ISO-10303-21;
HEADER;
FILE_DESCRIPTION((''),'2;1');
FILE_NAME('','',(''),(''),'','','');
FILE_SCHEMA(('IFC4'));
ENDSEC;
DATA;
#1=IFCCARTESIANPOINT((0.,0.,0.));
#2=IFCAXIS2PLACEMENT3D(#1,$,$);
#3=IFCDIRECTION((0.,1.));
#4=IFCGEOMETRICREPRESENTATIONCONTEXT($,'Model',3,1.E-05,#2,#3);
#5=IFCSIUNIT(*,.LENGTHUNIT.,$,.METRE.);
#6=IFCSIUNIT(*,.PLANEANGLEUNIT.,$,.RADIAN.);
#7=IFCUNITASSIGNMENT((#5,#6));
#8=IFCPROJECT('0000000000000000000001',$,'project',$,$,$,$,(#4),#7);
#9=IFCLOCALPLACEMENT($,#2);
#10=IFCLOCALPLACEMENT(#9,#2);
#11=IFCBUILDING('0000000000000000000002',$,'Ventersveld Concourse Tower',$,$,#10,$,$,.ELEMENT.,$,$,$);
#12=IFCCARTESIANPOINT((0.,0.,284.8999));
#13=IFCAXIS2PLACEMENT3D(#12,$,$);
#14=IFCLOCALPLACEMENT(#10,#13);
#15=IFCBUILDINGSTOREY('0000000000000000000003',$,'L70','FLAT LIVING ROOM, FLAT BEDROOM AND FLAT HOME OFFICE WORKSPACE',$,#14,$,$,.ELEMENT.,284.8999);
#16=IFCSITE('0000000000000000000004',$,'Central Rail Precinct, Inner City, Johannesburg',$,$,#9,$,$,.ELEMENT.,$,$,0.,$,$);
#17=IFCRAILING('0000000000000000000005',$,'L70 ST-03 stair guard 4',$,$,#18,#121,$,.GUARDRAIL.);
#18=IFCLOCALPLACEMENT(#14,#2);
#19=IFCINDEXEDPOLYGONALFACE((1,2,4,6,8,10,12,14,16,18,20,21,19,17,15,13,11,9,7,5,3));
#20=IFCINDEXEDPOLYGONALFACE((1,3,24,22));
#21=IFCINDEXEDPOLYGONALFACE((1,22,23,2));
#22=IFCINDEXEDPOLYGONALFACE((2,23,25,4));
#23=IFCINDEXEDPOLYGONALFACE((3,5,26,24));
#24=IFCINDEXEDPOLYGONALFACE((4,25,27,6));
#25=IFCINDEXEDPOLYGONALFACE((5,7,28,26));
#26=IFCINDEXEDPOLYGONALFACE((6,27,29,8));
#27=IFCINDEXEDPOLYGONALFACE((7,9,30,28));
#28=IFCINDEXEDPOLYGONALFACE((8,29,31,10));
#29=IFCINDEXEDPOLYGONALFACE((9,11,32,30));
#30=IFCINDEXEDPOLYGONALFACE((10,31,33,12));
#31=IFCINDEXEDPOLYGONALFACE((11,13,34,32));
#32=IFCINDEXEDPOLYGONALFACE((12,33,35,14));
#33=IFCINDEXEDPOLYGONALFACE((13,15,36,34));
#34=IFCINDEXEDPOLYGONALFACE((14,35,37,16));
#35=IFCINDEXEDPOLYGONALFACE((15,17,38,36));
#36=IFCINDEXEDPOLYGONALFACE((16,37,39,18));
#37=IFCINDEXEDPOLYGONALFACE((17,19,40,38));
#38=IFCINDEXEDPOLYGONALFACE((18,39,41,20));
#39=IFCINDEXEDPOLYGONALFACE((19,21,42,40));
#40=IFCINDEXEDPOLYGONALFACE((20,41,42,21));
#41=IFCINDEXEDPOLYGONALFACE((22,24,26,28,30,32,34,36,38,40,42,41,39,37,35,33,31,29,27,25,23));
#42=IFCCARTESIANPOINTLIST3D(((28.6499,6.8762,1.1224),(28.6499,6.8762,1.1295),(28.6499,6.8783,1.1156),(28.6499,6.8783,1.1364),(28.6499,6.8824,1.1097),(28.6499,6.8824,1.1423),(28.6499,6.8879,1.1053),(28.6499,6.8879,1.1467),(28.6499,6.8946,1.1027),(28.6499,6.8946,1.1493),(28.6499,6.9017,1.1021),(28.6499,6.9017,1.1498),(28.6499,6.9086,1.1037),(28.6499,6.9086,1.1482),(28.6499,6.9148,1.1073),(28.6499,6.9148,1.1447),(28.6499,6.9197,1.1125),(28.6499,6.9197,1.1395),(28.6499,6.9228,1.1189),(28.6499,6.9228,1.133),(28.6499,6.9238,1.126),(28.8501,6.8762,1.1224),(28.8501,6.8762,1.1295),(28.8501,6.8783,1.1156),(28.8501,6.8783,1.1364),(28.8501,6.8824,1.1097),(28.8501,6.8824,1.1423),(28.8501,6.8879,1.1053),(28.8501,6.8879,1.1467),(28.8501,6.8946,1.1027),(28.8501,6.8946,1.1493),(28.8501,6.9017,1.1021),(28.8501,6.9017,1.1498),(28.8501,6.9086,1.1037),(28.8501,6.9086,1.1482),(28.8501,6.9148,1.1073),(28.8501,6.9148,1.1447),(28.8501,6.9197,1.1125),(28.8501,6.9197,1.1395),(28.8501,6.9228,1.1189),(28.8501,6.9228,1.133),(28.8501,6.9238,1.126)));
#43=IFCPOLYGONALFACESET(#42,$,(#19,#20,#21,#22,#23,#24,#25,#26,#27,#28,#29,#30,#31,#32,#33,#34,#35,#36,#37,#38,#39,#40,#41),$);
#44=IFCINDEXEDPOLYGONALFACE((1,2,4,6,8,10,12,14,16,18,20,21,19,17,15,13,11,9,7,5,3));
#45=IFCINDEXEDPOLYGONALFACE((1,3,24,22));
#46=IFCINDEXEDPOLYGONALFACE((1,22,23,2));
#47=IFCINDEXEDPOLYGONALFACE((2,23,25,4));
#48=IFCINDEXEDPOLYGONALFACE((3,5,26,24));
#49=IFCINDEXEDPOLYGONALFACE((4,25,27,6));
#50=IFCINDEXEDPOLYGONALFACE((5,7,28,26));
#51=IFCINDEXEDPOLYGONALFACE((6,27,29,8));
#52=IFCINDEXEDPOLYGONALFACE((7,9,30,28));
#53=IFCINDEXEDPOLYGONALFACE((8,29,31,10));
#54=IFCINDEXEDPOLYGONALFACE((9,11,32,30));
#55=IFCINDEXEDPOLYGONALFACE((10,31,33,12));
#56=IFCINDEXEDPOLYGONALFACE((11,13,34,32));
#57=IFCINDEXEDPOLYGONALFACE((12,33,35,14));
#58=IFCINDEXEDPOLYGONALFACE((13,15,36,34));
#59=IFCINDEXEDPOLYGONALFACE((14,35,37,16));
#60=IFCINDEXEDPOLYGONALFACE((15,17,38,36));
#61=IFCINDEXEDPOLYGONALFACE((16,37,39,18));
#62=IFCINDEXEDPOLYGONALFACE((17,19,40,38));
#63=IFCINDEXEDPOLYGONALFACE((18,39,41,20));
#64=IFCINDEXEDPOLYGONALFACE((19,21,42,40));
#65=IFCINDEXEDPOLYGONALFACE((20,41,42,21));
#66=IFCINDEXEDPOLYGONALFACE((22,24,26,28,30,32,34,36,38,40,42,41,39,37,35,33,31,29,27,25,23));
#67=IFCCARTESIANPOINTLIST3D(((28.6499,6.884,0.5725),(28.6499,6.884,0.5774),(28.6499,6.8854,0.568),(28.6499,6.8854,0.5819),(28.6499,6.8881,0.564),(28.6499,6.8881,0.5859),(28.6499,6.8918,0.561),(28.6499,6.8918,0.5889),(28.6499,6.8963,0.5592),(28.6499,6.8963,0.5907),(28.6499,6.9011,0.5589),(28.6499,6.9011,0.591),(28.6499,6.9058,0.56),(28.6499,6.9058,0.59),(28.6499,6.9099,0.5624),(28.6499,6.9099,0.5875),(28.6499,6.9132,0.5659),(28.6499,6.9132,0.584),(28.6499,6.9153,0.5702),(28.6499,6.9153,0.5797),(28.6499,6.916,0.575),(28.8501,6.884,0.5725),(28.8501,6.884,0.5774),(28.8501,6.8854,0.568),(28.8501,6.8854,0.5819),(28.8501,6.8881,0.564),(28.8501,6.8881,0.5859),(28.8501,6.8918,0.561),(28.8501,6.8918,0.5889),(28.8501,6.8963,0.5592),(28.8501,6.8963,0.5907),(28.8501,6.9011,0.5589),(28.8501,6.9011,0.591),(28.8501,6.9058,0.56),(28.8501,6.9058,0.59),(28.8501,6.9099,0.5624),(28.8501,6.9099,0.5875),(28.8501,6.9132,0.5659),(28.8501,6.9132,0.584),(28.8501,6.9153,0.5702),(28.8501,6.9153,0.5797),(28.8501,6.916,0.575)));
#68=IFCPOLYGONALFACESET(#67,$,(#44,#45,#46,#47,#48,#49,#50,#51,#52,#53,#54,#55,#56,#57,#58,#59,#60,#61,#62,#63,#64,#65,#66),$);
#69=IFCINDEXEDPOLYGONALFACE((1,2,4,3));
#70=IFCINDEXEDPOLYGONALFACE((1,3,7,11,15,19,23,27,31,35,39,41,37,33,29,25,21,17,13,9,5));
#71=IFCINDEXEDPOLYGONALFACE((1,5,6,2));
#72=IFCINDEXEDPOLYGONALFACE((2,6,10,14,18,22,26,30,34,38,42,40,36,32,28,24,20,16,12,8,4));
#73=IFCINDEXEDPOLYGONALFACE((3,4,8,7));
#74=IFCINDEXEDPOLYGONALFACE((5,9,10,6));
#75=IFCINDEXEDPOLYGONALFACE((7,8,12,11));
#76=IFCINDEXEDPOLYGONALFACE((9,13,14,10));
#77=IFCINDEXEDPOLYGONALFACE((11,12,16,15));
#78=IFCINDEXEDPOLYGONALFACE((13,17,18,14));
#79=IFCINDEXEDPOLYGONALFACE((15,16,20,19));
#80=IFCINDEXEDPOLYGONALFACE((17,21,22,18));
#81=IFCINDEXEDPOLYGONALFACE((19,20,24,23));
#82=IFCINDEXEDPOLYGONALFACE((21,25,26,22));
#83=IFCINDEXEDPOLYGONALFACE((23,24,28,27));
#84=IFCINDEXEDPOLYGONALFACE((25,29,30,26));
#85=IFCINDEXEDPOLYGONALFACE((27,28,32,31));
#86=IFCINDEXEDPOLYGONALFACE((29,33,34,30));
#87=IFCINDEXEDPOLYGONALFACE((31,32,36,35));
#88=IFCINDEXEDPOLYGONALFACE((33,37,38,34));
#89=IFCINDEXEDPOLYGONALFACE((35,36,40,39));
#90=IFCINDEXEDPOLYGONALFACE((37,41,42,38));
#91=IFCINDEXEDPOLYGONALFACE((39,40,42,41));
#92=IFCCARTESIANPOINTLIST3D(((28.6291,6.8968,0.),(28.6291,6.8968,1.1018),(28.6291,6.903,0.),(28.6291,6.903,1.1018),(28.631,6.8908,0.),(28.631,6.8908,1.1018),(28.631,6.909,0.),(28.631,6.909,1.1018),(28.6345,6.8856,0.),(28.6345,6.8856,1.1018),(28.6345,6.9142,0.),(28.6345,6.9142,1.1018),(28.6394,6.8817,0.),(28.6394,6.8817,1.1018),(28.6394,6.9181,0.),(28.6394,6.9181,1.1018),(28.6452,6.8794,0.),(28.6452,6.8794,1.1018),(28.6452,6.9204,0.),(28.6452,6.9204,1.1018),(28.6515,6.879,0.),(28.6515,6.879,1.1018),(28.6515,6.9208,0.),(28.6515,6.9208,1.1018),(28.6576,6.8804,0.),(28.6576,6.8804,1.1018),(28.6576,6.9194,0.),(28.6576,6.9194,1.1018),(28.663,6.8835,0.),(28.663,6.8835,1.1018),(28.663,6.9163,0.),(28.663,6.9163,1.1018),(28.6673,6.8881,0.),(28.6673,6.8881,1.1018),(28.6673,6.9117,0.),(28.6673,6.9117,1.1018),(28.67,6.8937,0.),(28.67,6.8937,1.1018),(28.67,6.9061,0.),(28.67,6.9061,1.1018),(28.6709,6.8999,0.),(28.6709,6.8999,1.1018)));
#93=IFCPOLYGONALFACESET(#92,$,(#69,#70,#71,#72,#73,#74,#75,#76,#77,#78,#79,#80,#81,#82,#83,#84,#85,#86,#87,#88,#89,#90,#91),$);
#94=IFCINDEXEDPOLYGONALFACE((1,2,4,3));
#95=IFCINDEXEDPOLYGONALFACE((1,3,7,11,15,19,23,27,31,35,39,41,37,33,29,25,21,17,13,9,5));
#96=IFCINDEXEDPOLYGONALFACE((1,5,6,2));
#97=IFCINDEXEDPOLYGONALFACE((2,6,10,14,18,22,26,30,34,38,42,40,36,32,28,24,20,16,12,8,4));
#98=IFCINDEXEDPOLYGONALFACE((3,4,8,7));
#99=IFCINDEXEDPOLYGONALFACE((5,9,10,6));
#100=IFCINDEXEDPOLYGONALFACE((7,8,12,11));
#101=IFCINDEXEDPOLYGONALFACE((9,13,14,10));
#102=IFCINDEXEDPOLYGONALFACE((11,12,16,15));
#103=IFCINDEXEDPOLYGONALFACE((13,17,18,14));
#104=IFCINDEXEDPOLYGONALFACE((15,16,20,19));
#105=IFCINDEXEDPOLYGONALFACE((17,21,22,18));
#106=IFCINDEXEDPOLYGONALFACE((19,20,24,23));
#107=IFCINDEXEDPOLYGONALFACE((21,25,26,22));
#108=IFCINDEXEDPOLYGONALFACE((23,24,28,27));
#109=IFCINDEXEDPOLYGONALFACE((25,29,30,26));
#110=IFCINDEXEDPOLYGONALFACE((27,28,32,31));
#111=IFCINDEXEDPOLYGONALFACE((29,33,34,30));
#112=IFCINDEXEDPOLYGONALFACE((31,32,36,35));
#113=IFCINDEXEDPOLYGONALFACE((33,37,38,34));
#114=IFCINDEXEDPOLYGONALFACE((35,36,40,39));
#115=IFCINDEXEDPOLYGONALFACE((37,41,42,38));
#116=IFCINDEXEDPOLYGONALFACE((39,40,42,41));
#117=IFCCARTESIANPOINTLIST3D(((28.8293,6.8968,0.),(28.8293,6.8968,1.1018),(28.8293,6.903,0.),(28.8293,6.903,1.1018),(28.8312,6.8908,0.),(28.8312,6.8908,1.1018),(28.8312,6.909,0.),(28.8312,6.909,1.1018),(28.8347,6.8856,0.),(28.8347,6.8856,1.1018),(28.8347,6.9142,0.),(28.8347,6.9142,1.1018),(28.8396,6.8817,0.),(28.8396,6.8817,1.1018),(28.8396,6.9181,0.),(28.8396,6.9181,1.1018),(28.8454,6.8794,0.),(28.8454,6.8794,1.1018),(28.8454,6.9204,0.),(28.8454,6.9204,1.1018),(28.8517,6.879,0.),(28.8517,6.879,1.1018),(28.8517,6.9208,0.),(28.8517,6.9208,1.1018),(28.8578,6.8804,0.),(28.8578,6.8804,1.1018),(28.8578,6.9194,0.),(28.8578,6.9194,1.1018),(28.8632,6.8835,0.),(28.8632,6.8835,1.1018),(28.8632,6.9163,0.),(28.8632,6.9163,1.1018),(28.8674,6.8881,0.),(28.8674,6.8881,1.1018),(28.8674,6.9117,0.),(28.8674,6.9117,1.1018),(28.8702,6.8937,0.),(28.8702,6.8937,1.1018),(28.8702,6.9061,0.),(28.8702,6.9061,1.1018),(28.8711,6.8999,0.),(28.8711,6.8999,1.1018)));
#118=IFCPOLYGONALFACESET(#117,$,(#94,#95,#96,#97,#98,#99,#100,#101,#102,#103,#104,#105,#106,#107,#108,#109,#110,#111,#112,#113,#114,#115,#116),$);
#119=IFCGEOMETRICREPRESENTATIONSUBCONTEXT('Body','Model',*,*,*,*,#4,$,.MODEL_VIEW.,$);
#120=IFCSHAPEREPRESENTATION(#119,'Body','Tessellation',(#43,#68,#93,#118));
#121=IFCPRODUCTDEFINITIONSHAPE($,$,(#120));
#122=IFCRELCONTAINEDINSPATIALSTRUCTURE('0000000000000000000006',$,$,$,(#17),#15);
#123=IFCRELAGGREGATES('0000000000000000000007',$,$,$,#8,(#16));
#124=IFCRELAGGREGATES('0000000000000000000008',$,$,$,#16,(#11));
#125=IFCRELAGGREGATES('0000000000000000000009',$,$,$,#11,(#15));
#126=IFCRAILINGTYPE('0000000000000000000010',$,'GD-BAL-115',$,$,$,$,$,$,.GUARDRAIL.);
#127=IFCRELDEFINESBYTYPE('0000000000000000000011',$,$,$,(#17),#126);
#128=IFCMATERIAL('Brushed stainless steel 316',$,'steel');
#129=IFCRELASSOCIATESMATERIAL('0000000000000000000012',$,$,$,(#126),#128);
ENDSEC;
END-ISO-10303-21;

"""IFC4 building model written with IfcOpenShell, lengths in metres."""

from ifc_helpers import new_model, si_unit, direction, frame, origin, origin_2d, place, context, subcontext, project, spatial, circle, extrude, material, type_object, element, save


model = new_model("IFC4")

# Units and contexts
model_context = context("Model", 3, precision=1e-05, world=origin(), true_north=direction((0.0, 1.0)))
body_context = subcontext(model_context, "Body", "Model", "MODEL_VIEW")
ifc_project = project(units=[si_unit("LENGTHUNIT", "METRE"), si_unit("PLANEANGLEUNIT", "RADIAN")], contexts=[model_context])

# Site, building, storey
site_placement = place(None, origin())
site = spatial("IfcSite", under=ifc_project, at=site_placement, Name="Central Rail Precinct, Inner City, Johannesburg", CompositionType="ELEMENT", RefElevation=0.0)
building_placement = place(site_placement, origin())
building = spatial("IfcBuilding", under=site, at=building_placement, Name="Ventersveld Concourse Tower", CompositionType="ELEMENT")
storey_placement = place(building_placement, frame((0.0, 0.0, 284.8999)))
storey = spatial("IfcBuildingStorey", under=building, at=storey_placement, Name="L70", Description="FLAT LIVING ROOM, FLAT BEDROOM AND FLAT HOME OFFICE WORKSPACE", CompositionType="ELEMENT", Elevation=284.8999)

# Shared definitions
ifc_material_1 = material(Name="Brushed stainless steel 316", Category="steel")

# Railing
railing_type_1 = type_object("IfcRailingType", Name="GD-BAL-115", PredefinedType="GUARDRAIL", material=ifc_material_1)
railing_1_placement = place(storey_placement, frame((28.6499, 6.8999, 0.0)))
element("IfcRailing", 1, at=railing_1_placement, inside=storey, type_object=railing_type_1, Name="L70 ST-03 stair guard 4", PredefinedType="GUARDRAIL", context=body_context, shape_type="SweptSolid", body=[
    extrude(circle(Radius=0.0239, at=origin_2d()), frame((0.0, 0.0, 1.126), z_axis=(1.0, 0.0, 0.0), x_axis=(0.0, 1.0, 0.0)), (0.0, 0.0, 1.0), 0.2002),
    extrude(circle(Radius=0.0161, at=origin_2d()), frame((0.0, 0.0, 0.575), z_axis=(1.0, 0.0, 0.0), x_axis=(0.0, 1.0, 0.0)), (0.0, 0.0, 1.0), 0.2002),
    extrude(circle(Radius=0.021, at=origin_2d()), origin(), (0.0, 0.0, 1.0), 1.1018),
    extrude(circle(Radius=0.021, at=origin_2d()), frame((0.2002, 0.0, 0.0)), (0.0, 0.0, 1.0), 1.1018),
])

save(model, "model.ifc")
